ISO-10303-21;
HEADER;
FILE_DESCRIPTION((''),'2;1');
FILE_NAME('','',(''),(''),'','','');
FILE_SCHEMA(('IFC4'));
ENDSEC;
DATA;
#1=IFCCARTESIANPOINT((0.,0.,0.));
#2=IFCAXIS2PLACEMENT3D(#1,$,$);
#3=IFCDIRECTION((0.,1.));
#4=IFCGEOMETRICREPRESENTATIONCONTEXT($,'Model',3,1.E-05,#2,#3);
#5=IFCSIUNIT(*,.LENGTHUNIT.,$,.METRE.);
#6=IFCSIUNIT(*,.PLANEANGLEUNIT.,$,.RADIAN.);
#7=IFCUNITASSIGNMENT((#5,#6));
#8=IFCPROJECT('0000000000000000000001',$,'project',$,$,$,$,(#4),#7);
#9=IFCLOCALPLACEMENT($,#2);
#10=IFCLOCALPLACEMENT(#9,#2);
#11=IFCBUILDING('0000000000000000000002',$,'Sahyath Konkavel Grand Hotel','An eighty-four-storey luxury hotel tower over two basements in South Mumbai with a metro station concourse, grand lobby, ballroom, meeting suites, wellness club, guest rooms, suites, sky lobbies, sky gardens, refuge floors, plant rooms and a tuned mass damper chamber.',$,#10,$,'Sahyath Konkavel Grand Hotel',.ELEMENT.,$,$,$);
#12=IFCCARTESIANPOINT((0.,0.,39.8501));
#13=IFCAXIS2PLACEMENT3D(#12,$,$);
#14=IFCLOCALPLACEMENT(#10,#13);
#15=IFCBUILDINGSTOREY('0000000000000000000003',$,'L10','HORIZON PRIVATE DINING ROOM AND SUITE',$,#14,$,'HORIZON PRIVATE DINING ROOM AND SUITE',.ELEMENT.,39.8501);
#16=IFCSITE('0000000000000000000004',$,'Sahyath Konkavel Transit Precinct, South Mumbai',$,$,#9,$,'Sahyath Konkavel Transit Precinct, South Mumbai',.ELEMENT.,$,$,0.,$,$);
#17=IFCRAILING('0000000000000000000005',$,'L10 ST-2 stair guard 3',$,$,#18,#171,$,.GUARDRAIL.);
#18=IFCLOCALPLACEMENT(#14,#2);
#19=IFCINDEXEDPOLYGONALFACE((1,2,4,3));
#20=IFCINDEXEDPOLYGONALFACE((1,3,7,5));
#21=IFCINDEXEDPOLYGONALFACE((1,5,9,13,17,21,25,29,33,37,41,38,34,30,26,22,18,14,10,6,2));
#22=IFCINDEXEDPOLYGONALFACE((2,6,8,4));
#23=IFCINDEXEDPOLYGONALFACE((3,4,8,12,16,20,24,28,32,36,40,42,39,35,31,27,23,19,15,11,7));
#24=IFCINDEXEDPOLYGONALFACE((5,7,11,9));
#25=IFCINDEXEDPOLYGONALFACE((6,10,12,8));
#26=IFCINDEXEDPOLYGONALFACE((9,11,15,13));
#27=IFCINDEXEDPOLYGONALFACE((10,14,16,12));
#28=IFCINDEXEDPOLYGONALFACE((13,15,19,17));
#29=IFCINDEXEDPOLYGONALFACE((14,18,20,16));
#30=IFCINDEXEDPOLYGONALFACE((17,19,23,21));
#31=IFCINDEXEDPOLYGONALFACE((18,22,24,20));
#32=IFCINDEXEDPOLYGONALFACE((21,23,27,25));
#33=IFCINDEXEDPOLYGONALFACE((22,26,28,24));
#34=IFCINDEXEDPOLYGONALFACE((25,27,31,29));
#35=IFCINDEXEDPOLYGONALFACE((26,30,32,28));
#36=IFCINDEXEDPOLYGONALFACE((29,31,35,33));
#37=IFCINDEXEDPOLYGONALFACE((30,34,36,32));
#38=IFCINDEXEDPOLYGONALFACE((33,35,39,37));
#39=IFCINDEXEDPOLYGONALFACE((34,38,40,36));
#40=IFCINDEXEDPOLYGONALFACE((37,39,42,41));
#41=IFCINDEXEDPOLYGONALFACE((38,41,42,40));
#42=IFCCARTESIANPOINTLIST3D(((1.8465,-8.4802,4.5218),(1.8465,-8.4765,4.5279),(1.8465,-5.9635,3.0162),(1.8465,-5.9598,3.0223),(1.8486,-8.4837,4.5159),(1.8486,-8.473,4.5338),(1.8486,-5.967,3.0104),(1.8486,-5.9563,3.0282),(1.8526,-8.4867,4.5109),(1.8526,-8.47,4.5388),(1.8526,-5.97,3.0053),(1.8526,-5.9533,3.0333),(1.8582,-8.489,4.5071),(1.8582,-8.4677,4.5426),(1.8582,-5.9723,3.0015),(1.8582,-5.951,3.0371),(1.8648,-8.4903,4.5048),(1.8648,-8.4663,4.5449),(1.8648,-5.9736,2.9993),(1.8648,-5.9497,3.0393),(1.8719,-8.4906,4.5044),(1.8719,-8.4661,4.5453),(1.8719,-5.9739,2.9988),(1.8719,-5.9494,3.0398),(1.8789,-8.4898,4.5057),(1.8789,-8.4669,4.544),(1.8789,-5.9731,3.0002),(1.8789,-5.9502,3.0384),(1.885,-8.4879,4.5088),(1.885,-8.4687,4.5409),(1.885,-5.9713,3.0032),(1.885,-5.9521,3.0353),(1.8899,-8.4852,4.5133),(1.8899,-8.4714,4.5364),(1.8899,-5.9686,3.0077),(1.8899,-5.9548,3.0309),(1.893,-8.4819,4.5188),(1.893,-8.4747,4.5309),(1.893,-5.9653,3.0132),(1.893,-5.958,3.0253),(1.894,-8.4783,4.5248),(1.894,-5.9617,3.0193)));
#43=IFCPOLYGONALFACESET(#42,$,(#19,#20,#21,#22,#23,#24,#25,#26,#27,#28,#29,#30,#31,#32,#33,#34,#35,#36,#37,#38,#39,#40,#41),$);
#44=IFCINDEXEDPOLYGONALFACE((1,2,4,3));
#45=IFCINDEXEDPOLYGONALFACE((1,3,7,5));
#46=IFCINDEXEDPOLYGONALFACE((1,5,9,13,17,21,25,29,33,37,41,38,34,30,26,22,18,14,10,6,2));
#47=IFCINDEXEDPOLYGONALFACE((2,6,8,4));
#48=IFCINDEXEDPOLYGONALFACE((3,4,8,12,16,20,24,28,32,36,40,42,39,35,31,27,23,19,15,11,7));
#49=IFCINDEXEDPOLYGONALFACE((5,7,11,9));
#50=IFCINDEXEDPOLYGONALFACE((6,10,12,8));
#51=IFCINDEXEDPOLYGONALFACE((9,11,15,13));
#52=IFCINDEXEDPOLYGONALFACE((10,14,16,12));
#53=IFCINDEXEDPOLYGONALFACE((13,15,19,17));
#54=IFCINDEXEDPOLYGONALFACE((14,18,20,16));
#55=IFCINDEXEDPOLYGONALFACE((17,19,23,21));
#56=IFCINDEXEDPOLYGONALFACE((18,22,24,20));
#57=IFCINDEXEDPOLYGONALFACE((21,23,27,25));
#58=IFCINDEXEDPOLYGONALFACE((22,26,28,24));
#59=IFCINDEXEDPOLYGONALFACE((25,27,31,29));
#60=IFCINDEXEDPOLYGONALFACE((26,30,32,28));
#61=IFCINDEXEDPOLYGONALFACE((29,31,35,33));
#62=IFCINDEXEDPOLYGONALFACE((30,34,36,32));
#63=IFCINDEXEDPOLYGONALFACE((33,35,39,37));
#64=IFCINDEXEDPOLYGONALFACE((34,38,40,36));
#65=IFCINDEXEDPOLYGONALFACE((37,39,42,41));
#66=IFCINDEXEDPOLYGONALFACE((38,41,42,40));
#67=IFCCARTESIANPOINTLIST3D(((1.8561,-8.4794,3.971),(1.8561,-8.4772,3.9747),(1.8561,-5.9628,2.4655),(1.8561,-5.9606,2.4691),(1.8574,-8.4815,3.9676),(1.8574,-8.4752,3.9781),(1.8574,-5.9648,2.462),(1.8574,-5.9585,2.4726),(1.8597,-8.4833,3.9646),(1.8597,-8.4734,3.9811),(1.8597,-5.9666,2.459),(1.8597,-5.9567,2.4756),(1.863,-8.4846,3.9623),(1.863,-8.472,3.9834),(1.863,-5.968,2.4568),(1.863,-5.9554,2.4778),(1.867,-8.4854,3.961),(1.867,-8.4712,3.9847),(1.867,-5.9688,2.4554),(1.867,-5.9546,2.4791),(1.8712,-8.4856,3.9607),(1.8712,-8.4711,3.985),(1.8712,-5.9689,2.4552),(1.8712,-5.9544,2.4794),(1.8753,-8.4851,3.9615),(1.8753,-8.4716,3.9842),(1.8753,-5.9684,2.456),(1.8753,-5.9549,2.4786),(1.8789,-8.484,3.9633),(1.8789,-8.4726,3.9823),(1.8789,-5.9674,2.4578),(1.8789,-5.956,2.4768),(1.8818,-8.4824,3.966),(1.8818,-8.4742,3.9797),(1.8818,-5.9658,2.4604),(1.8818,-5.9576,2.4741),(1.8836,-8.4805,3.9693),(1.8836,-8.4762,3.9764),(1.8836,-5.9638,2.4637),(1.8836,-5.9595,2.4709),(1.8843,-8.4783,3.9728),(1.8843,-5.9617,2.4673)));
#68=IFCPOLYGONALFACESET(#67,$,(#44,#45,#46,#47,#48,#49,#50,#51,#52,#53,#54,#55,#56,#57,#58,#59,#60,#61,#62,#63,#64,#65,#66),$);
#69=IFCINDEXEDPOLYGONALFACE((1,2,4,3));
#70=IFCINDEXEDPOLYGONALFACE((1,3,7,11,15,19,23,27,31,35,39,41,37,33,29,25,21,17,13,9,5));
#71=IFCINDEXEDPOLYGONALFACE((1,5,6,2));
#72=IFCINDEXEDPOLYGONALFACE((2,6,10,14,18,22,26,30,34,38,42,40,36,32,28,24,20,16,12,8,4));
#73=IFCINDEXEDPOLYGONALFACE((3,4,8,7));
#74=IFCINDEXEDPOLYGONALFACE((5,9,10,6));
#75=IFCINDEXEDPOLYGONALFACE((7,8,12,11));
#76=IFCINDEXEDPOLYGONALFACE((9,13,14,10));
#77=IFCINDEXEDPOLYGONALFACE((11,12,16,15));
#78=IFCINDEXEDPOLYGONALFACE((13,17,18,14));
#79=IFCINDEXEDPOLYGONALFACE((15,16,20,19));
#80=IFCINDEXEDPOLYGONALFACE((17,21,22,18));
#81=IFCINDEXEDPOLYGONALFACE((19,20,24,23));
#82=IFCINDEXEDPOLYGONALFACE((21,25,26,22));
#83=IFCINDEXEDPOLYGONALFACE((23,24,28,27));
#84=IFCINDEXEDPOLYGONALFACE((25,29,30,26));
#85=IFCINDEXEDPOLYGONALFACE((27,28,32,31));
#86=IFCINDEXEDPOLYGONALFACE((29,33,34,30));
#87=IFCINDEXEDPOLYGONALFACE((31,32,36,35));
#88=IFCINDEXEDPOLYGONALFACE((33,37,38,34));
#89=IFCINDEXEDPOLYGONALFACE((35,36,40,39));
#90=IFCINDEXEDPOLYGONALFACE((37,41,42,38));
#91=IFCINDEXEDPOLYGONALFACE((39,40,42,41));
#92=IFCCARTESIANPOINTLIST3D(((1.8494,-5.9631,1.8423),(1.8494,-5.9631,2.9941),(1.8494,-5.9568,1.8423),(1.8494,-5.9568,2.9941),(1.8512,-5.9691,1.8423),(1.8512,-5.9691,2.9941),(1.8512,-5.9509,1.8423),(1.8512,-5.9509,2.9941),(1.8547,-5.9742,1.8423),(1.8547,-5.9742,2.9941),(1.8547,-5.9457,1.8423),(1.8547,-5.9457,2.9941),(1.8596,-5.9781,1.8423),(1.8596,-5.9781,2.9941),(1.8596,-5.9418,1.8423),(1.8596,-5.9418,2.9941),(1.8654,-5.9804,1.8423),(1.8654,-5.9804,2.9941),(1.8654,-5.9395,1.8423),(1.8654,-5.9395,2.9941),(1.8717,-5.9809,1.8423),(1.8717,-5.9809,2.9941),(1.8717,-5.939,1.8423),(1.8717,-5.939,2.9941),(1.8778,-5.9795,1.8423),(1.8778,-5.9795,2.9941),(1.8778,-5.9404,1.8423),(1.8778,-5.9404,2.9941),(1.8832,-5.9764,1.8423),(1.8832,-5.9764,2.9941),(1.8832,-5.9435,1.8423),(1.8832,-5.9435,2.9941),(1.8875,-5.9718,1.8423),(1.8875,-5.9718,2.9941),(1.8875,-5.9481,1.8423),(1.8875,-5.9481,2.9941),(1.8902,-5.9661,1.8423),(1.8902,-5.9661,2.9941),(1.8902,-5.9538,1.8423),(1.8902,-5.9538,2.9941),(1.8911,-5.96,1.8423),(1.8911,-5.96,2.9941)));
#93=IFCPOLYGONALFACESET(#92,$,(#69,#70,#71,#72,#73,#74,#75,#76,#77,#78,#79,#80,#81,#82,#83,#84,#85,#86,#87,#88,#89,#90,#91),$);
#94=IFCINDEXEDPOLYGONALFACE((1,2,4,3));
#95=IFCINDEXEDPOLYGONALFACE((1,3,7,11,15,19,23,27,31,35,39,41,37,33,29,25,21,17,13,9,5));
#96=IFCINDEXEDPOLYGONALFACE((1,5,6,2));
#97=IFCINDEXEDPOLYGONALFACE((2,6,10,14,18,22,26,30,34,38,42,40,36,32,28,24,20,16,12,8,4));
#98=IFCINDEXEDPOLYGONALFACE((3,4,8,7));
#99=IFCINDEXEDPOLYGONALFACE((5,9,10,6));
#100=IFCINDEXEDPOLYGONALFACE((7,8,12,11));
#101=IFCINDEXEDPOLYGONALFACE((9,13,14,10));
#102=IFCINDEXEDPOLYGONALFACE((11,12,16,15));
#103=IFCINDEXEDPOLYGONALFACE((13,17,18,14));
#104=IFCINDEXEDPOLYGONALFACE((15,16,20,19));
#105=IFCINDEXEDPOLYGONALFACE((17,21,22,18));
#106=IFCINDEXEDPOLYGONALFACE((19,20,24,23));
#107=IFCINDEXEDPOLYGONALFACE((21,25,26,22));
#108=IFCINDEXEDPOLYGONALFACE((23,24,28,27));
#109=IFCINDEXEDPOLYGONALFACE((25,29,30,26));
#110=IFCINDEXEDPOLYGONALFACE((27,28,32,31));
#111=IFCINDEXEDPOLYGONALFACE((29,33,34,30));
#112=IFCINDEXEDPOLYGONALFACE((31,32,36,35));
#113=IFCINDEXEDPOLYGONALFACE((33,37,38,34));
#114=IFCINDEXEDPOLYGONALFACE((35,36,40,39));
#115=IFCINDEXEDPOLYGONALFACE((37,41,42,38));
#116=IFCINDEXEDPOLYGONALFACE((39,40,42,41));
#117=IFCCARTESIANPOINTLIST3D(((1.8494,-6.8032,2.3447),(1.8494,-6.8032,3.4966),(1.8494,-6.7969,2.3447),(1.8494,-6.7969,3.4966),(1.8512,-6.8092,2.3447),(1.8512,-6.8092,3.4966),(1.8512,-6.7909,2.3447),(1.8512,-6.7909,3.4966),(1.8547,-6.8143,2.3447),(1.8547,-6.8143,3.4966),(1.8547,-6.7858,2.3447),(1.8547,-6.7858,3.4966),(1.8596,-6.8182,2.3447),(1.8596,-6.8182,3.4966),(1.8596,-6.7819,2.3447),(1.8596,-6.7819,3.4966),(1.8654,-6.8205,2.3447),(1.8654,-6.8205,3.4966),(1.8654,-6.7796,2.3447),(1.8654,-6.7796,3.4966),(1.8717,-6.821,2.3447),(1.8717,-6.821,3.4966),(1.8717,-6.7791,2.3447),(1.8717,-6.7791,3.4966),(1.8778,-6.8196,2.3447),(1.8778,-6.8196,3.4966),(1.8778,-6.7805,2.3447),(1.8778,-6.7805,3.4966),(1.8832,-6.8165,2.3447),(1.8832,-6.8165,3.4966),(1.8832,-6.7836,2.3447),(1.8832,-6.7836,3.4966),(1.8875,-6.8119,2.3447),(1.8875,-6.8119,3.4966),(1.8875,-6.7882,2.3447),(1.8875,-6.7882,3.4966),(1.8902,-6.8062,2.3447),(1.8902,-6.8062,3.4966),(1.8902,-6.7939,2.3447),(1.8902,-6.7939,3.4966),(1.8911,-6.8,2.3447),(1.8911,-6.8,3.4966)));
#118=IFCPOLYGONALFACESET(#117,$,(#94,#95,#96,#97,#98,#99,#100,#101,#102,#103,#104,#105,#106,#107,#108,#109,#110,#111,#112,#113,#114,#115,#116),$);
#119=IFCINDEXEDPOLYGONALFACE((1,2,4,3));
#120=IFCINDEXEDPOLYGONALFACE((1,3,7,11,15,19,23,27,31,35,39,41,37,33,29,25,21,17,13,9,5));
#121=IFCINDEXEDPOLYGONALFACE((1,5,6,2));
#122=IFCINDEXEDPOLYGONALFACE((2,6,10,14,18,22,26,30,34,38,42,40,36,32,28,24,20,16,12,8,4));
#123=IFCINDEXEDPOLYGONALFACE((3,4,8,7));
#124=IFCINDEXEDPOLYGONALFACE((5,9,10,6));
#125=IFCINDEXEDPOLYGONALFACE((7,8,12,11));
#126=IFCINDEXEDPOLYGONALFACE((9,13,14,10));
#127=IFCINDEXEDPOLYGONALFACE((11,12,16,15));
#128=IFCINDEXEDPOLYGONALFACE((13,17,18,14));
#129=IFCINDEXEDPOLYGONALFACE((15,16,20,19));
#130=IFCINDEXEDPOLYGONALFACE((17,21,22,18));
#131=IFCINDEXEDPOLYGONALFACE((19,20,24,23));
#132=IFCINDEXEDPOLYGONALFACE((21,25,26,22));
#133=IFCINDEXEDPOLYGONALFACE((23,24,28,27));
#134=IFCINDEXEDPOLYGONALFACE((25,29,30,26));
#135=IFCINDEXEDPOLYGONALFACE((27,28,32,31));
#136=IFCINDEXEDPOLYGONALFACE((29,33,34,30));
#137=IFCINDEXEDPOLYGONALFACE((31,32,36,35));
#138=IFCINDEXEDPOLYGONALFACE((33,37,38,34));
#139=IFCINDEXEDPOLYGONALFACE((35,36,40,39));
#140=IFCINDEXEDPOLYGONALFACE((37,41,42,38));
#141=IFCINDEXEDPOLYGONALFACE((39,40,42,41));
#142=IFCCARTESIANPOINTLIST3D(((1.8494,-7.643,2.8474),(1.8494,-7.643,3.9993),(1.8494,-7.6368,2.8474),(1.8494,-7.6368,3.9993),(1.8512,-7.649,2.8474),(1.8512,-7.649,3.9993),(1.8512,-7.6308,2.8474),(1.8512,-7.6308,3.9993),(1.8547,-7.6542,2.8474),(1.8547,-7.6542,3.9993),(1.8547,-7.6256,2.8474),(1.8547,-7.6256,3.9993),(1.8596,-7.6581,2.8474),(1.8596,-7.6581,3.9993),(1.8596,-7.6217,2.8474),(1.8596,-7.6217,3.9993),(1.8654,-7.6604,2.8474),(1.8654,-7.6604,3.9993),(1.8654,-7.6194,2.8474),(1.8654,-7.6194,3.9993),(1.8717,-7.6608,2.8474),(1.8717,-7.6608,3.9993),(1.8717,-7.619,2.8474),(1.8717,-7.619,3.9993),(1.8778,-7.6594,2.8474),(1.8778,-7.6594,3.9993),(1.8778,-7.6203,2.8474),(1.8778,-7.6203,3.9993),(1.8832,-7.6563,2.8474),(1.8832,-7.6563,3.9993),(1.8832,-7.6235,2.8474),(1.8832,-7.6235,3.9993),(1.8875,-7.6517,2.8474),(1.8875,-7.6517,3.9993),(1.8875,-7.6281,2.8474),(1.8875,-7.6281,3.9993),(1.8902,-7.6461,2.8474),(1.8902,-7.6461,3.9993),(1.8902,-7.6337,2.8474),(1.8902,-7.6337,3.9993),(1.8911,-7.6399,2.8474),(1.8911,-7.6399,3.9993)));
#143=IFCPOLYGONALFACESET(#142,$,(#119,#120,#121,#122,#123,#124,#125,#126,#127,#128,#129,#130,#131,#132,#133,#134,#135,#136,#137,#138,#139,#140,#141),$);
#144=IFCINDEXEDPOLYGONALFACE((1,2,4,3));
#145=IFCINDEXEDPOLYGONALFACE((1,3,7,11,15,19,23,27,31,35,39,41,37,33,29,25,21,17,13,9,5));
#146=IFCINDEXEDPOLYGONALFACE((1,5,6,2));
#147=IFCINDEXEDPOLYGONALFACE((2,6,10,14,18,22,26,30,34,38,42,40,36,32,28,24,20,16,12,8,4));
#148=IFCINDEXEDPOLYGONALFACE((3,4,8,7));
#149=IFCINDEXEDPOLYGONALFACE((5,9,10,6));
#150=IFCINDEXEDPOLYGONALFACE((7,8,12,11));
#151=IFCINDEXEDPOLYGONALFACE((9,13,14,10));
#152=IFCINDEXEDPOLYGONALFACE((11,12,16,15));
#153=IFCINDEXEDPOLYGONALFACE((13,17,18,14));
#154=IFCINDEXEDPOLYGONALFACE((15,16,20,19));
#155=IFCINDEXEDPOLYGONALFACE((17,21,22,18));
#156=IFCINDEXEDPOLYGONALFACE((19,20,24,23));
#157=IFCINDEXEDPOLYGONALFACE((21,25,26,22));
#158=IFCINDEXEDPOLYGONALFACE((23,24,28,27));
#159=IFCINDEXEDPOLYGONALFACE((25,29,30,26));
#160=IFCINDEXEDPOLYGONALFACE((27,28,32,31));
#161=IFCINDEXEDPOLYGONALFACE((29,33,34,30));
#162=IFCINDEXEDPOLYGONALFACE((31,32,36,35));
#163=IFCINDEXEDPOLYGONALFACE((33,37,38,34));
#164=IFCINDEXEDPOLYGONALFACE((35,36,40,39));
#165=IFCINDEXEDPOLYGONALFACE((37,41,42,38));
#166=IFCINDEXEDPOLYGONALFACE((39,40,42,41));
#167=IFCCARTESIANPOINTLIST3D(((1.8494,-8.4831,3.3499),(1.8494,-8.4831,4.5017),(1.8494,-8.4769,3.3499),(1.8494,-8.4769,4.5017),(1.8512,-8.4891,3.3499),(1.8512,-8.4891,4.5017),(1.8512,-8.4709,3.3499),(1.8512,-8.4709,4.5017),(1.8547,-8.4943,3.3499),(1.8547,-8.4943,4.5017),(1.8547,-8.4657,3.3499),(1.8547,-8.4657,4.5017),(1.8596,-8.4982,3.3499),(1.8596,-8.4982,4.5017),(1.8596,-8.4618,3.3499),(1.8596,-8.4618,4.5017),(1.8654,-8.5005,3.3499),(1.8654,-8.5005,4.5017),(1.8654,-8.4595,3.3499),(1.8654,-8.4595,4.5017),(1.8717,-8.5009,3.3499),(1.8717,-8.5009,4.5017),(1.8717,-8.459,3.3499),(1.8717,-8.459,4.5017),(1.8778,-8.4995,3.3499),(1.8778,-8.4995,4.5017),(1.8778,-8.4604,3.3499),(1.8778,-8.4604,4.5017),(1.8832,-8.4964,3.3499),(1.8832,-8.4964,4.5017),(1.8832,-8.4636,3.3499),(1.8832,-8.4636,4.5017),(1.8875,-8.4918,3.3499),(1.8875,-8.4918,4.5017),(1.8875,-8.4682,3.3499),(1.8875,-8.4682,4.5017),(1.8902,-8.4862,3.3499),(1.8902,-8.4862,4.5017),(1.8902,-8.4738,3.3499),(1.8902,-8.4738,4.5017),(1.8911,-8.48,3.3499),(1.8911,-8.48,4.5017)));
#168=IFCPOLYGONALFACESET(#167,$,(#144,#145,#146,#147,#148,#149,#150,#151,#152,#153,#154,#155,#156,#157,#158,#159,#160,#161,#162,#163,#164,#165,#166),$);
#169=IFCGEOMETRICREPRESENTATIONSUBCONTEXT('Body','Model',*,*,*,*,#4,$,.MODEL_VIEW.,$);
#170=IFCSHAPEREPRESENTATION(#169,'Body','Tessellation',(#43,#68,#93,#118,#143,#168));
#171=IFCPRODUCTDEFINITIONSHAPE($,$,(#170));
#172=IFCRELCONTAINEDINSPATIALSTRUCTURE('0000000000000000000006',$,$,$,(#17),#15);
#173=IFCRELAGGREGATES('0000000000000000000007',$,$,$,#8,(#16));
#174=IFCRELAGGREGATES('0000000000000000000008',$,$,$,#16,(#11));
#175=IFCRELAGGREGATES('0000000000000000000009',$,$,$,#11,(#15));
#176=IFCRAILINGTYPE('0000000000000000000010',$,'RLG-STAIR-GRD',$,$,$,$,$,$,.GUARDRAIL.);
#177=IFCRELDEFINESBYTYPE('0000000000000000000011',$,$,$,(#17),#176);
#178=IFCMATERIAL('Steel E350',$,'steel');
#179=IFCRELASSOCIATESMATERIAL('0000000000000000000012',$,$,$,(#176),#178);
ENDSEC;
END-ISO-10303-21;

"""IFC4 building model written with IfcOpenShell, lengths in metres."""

from ifc_helpers import new_model, si_unit, direction, frame, origin, origin_2d, place, context, subcontext, project, spatial, circle, extrude, material, type_object, element, save


model = new_model("IFC4")

# Units and contexts
model_context = context("Model", 3, precision=1e-05, world=origin(), true_north=direction((0.0, 1.0)))
body_context = subcontext(model_context, "Body", "Model", "MODEL_VIEW")
ifc_project = project(units=[si_unit("LENGTHUNIT", "METRE"), si_unit("PLANEANGLEUNIT", "RADIAN")], contexts=[model_context])

# Site, building, storey
site_placement = place(None, origin())
site = spatial("IfcSite", under=ifc_project, at=site_placement, Name="Sahyath Konkavel Transit Precinct, South Mumbai", LongName="Sahyath Konkavel Transit Precinct, South Mumbai", CompositionType="ELEMENT", RefElevation=0.0)
building_placement = place(site_placement, origin())
building = spatial("IfcBuilding", under=site, at=building_placement, Name="Sahyath Konkavel Grand Hotel", Description="An eighty-four-storey luxury hotel tower over two basements in South Mumbai with a metro station concourse, grand lobby, ballroom, meeting suites, wellness club, guest rooms, suites, sky lobbies, sky gardens, refuge floors, plant rooms and a tuned mass damper chamber.", LongName="Sahyath Konkavel Grand Hotel", CompositionType="ELEMENT")
storey_placement = place(building_placement, frame((0.0, 0.0, 39.8501)))
storey = spatial("IfcBuildingStorey", under=building, at=storey_placement, Name="L10", Description="HORIZON PRIVATE DINING ROOM AND SUITE", LongName="HORIZON PRIVATE DINING ROOM AND SUITE", CompositionType="ELEMENT", Elevation=39.8501)

# Shared definitions
ifc_material_1 = material(Name="Steel E350", Category="steel")

# Railing
railing_type_1 = type_object("IfcRailingType", Name="RLG-STAIR-GRD", PredefinedType="GUARDRAIL", material=ifc_material_1)
railing_1_placement = place(storey_placement, frame((1.8701, -5.96, 1.8423)))
element("IfcRailing", 1, at=railing_1_placement, inside=storey, type_object=railing_type_1, Name="L10 ST-2 stair guard 3", PredefinedType="GUARDRAIL", context=body_context, shape_type="SweptSolid", body=[
    extrude(circle(Radius=0.0239, at=origin_2d()), frame((0.0, -0.0017, 1.177), z_axis=(0.0, -0.85816, 0.513383), x_axis=(1.0, 0.0, 0.0)), (0.0, 0.0, 1.0), 2.9326),
    extrude(circle(Radius=0.0142, at=origin_2d()), frame((0.0, -0.0017, 0.625), z_axis=(0.0, -0.85816, 0.513383), x_axis=(1.0, 0.0, 0.0)), (0.0, 0.0, 1.0), 2.9326),
    extrude(circle(Radius=0.021, at=origin_2d()), origin(), (0.0, 0.0, 1.0), 1.1519),
    extrude(circle(Radius=0.021, at=origin_2d()), frame((0.0, -0.8401, 0.5024)), (0.0, 0.0, 1.0), 1.1519),
    extrude(circle(Radius=0.021, at=origin_2d()), frame((0.0, -1.6799, 1.0051)), (0.0, 0.0, 1.0), 1.1519),
    extrude(circle(Radius=0.021, at=origin_2d()), frame((0.0, -2.52, 1.5076)), (0.0, 0.0, 1.0), 1.1519),
])

save(model, "model.ifc")
